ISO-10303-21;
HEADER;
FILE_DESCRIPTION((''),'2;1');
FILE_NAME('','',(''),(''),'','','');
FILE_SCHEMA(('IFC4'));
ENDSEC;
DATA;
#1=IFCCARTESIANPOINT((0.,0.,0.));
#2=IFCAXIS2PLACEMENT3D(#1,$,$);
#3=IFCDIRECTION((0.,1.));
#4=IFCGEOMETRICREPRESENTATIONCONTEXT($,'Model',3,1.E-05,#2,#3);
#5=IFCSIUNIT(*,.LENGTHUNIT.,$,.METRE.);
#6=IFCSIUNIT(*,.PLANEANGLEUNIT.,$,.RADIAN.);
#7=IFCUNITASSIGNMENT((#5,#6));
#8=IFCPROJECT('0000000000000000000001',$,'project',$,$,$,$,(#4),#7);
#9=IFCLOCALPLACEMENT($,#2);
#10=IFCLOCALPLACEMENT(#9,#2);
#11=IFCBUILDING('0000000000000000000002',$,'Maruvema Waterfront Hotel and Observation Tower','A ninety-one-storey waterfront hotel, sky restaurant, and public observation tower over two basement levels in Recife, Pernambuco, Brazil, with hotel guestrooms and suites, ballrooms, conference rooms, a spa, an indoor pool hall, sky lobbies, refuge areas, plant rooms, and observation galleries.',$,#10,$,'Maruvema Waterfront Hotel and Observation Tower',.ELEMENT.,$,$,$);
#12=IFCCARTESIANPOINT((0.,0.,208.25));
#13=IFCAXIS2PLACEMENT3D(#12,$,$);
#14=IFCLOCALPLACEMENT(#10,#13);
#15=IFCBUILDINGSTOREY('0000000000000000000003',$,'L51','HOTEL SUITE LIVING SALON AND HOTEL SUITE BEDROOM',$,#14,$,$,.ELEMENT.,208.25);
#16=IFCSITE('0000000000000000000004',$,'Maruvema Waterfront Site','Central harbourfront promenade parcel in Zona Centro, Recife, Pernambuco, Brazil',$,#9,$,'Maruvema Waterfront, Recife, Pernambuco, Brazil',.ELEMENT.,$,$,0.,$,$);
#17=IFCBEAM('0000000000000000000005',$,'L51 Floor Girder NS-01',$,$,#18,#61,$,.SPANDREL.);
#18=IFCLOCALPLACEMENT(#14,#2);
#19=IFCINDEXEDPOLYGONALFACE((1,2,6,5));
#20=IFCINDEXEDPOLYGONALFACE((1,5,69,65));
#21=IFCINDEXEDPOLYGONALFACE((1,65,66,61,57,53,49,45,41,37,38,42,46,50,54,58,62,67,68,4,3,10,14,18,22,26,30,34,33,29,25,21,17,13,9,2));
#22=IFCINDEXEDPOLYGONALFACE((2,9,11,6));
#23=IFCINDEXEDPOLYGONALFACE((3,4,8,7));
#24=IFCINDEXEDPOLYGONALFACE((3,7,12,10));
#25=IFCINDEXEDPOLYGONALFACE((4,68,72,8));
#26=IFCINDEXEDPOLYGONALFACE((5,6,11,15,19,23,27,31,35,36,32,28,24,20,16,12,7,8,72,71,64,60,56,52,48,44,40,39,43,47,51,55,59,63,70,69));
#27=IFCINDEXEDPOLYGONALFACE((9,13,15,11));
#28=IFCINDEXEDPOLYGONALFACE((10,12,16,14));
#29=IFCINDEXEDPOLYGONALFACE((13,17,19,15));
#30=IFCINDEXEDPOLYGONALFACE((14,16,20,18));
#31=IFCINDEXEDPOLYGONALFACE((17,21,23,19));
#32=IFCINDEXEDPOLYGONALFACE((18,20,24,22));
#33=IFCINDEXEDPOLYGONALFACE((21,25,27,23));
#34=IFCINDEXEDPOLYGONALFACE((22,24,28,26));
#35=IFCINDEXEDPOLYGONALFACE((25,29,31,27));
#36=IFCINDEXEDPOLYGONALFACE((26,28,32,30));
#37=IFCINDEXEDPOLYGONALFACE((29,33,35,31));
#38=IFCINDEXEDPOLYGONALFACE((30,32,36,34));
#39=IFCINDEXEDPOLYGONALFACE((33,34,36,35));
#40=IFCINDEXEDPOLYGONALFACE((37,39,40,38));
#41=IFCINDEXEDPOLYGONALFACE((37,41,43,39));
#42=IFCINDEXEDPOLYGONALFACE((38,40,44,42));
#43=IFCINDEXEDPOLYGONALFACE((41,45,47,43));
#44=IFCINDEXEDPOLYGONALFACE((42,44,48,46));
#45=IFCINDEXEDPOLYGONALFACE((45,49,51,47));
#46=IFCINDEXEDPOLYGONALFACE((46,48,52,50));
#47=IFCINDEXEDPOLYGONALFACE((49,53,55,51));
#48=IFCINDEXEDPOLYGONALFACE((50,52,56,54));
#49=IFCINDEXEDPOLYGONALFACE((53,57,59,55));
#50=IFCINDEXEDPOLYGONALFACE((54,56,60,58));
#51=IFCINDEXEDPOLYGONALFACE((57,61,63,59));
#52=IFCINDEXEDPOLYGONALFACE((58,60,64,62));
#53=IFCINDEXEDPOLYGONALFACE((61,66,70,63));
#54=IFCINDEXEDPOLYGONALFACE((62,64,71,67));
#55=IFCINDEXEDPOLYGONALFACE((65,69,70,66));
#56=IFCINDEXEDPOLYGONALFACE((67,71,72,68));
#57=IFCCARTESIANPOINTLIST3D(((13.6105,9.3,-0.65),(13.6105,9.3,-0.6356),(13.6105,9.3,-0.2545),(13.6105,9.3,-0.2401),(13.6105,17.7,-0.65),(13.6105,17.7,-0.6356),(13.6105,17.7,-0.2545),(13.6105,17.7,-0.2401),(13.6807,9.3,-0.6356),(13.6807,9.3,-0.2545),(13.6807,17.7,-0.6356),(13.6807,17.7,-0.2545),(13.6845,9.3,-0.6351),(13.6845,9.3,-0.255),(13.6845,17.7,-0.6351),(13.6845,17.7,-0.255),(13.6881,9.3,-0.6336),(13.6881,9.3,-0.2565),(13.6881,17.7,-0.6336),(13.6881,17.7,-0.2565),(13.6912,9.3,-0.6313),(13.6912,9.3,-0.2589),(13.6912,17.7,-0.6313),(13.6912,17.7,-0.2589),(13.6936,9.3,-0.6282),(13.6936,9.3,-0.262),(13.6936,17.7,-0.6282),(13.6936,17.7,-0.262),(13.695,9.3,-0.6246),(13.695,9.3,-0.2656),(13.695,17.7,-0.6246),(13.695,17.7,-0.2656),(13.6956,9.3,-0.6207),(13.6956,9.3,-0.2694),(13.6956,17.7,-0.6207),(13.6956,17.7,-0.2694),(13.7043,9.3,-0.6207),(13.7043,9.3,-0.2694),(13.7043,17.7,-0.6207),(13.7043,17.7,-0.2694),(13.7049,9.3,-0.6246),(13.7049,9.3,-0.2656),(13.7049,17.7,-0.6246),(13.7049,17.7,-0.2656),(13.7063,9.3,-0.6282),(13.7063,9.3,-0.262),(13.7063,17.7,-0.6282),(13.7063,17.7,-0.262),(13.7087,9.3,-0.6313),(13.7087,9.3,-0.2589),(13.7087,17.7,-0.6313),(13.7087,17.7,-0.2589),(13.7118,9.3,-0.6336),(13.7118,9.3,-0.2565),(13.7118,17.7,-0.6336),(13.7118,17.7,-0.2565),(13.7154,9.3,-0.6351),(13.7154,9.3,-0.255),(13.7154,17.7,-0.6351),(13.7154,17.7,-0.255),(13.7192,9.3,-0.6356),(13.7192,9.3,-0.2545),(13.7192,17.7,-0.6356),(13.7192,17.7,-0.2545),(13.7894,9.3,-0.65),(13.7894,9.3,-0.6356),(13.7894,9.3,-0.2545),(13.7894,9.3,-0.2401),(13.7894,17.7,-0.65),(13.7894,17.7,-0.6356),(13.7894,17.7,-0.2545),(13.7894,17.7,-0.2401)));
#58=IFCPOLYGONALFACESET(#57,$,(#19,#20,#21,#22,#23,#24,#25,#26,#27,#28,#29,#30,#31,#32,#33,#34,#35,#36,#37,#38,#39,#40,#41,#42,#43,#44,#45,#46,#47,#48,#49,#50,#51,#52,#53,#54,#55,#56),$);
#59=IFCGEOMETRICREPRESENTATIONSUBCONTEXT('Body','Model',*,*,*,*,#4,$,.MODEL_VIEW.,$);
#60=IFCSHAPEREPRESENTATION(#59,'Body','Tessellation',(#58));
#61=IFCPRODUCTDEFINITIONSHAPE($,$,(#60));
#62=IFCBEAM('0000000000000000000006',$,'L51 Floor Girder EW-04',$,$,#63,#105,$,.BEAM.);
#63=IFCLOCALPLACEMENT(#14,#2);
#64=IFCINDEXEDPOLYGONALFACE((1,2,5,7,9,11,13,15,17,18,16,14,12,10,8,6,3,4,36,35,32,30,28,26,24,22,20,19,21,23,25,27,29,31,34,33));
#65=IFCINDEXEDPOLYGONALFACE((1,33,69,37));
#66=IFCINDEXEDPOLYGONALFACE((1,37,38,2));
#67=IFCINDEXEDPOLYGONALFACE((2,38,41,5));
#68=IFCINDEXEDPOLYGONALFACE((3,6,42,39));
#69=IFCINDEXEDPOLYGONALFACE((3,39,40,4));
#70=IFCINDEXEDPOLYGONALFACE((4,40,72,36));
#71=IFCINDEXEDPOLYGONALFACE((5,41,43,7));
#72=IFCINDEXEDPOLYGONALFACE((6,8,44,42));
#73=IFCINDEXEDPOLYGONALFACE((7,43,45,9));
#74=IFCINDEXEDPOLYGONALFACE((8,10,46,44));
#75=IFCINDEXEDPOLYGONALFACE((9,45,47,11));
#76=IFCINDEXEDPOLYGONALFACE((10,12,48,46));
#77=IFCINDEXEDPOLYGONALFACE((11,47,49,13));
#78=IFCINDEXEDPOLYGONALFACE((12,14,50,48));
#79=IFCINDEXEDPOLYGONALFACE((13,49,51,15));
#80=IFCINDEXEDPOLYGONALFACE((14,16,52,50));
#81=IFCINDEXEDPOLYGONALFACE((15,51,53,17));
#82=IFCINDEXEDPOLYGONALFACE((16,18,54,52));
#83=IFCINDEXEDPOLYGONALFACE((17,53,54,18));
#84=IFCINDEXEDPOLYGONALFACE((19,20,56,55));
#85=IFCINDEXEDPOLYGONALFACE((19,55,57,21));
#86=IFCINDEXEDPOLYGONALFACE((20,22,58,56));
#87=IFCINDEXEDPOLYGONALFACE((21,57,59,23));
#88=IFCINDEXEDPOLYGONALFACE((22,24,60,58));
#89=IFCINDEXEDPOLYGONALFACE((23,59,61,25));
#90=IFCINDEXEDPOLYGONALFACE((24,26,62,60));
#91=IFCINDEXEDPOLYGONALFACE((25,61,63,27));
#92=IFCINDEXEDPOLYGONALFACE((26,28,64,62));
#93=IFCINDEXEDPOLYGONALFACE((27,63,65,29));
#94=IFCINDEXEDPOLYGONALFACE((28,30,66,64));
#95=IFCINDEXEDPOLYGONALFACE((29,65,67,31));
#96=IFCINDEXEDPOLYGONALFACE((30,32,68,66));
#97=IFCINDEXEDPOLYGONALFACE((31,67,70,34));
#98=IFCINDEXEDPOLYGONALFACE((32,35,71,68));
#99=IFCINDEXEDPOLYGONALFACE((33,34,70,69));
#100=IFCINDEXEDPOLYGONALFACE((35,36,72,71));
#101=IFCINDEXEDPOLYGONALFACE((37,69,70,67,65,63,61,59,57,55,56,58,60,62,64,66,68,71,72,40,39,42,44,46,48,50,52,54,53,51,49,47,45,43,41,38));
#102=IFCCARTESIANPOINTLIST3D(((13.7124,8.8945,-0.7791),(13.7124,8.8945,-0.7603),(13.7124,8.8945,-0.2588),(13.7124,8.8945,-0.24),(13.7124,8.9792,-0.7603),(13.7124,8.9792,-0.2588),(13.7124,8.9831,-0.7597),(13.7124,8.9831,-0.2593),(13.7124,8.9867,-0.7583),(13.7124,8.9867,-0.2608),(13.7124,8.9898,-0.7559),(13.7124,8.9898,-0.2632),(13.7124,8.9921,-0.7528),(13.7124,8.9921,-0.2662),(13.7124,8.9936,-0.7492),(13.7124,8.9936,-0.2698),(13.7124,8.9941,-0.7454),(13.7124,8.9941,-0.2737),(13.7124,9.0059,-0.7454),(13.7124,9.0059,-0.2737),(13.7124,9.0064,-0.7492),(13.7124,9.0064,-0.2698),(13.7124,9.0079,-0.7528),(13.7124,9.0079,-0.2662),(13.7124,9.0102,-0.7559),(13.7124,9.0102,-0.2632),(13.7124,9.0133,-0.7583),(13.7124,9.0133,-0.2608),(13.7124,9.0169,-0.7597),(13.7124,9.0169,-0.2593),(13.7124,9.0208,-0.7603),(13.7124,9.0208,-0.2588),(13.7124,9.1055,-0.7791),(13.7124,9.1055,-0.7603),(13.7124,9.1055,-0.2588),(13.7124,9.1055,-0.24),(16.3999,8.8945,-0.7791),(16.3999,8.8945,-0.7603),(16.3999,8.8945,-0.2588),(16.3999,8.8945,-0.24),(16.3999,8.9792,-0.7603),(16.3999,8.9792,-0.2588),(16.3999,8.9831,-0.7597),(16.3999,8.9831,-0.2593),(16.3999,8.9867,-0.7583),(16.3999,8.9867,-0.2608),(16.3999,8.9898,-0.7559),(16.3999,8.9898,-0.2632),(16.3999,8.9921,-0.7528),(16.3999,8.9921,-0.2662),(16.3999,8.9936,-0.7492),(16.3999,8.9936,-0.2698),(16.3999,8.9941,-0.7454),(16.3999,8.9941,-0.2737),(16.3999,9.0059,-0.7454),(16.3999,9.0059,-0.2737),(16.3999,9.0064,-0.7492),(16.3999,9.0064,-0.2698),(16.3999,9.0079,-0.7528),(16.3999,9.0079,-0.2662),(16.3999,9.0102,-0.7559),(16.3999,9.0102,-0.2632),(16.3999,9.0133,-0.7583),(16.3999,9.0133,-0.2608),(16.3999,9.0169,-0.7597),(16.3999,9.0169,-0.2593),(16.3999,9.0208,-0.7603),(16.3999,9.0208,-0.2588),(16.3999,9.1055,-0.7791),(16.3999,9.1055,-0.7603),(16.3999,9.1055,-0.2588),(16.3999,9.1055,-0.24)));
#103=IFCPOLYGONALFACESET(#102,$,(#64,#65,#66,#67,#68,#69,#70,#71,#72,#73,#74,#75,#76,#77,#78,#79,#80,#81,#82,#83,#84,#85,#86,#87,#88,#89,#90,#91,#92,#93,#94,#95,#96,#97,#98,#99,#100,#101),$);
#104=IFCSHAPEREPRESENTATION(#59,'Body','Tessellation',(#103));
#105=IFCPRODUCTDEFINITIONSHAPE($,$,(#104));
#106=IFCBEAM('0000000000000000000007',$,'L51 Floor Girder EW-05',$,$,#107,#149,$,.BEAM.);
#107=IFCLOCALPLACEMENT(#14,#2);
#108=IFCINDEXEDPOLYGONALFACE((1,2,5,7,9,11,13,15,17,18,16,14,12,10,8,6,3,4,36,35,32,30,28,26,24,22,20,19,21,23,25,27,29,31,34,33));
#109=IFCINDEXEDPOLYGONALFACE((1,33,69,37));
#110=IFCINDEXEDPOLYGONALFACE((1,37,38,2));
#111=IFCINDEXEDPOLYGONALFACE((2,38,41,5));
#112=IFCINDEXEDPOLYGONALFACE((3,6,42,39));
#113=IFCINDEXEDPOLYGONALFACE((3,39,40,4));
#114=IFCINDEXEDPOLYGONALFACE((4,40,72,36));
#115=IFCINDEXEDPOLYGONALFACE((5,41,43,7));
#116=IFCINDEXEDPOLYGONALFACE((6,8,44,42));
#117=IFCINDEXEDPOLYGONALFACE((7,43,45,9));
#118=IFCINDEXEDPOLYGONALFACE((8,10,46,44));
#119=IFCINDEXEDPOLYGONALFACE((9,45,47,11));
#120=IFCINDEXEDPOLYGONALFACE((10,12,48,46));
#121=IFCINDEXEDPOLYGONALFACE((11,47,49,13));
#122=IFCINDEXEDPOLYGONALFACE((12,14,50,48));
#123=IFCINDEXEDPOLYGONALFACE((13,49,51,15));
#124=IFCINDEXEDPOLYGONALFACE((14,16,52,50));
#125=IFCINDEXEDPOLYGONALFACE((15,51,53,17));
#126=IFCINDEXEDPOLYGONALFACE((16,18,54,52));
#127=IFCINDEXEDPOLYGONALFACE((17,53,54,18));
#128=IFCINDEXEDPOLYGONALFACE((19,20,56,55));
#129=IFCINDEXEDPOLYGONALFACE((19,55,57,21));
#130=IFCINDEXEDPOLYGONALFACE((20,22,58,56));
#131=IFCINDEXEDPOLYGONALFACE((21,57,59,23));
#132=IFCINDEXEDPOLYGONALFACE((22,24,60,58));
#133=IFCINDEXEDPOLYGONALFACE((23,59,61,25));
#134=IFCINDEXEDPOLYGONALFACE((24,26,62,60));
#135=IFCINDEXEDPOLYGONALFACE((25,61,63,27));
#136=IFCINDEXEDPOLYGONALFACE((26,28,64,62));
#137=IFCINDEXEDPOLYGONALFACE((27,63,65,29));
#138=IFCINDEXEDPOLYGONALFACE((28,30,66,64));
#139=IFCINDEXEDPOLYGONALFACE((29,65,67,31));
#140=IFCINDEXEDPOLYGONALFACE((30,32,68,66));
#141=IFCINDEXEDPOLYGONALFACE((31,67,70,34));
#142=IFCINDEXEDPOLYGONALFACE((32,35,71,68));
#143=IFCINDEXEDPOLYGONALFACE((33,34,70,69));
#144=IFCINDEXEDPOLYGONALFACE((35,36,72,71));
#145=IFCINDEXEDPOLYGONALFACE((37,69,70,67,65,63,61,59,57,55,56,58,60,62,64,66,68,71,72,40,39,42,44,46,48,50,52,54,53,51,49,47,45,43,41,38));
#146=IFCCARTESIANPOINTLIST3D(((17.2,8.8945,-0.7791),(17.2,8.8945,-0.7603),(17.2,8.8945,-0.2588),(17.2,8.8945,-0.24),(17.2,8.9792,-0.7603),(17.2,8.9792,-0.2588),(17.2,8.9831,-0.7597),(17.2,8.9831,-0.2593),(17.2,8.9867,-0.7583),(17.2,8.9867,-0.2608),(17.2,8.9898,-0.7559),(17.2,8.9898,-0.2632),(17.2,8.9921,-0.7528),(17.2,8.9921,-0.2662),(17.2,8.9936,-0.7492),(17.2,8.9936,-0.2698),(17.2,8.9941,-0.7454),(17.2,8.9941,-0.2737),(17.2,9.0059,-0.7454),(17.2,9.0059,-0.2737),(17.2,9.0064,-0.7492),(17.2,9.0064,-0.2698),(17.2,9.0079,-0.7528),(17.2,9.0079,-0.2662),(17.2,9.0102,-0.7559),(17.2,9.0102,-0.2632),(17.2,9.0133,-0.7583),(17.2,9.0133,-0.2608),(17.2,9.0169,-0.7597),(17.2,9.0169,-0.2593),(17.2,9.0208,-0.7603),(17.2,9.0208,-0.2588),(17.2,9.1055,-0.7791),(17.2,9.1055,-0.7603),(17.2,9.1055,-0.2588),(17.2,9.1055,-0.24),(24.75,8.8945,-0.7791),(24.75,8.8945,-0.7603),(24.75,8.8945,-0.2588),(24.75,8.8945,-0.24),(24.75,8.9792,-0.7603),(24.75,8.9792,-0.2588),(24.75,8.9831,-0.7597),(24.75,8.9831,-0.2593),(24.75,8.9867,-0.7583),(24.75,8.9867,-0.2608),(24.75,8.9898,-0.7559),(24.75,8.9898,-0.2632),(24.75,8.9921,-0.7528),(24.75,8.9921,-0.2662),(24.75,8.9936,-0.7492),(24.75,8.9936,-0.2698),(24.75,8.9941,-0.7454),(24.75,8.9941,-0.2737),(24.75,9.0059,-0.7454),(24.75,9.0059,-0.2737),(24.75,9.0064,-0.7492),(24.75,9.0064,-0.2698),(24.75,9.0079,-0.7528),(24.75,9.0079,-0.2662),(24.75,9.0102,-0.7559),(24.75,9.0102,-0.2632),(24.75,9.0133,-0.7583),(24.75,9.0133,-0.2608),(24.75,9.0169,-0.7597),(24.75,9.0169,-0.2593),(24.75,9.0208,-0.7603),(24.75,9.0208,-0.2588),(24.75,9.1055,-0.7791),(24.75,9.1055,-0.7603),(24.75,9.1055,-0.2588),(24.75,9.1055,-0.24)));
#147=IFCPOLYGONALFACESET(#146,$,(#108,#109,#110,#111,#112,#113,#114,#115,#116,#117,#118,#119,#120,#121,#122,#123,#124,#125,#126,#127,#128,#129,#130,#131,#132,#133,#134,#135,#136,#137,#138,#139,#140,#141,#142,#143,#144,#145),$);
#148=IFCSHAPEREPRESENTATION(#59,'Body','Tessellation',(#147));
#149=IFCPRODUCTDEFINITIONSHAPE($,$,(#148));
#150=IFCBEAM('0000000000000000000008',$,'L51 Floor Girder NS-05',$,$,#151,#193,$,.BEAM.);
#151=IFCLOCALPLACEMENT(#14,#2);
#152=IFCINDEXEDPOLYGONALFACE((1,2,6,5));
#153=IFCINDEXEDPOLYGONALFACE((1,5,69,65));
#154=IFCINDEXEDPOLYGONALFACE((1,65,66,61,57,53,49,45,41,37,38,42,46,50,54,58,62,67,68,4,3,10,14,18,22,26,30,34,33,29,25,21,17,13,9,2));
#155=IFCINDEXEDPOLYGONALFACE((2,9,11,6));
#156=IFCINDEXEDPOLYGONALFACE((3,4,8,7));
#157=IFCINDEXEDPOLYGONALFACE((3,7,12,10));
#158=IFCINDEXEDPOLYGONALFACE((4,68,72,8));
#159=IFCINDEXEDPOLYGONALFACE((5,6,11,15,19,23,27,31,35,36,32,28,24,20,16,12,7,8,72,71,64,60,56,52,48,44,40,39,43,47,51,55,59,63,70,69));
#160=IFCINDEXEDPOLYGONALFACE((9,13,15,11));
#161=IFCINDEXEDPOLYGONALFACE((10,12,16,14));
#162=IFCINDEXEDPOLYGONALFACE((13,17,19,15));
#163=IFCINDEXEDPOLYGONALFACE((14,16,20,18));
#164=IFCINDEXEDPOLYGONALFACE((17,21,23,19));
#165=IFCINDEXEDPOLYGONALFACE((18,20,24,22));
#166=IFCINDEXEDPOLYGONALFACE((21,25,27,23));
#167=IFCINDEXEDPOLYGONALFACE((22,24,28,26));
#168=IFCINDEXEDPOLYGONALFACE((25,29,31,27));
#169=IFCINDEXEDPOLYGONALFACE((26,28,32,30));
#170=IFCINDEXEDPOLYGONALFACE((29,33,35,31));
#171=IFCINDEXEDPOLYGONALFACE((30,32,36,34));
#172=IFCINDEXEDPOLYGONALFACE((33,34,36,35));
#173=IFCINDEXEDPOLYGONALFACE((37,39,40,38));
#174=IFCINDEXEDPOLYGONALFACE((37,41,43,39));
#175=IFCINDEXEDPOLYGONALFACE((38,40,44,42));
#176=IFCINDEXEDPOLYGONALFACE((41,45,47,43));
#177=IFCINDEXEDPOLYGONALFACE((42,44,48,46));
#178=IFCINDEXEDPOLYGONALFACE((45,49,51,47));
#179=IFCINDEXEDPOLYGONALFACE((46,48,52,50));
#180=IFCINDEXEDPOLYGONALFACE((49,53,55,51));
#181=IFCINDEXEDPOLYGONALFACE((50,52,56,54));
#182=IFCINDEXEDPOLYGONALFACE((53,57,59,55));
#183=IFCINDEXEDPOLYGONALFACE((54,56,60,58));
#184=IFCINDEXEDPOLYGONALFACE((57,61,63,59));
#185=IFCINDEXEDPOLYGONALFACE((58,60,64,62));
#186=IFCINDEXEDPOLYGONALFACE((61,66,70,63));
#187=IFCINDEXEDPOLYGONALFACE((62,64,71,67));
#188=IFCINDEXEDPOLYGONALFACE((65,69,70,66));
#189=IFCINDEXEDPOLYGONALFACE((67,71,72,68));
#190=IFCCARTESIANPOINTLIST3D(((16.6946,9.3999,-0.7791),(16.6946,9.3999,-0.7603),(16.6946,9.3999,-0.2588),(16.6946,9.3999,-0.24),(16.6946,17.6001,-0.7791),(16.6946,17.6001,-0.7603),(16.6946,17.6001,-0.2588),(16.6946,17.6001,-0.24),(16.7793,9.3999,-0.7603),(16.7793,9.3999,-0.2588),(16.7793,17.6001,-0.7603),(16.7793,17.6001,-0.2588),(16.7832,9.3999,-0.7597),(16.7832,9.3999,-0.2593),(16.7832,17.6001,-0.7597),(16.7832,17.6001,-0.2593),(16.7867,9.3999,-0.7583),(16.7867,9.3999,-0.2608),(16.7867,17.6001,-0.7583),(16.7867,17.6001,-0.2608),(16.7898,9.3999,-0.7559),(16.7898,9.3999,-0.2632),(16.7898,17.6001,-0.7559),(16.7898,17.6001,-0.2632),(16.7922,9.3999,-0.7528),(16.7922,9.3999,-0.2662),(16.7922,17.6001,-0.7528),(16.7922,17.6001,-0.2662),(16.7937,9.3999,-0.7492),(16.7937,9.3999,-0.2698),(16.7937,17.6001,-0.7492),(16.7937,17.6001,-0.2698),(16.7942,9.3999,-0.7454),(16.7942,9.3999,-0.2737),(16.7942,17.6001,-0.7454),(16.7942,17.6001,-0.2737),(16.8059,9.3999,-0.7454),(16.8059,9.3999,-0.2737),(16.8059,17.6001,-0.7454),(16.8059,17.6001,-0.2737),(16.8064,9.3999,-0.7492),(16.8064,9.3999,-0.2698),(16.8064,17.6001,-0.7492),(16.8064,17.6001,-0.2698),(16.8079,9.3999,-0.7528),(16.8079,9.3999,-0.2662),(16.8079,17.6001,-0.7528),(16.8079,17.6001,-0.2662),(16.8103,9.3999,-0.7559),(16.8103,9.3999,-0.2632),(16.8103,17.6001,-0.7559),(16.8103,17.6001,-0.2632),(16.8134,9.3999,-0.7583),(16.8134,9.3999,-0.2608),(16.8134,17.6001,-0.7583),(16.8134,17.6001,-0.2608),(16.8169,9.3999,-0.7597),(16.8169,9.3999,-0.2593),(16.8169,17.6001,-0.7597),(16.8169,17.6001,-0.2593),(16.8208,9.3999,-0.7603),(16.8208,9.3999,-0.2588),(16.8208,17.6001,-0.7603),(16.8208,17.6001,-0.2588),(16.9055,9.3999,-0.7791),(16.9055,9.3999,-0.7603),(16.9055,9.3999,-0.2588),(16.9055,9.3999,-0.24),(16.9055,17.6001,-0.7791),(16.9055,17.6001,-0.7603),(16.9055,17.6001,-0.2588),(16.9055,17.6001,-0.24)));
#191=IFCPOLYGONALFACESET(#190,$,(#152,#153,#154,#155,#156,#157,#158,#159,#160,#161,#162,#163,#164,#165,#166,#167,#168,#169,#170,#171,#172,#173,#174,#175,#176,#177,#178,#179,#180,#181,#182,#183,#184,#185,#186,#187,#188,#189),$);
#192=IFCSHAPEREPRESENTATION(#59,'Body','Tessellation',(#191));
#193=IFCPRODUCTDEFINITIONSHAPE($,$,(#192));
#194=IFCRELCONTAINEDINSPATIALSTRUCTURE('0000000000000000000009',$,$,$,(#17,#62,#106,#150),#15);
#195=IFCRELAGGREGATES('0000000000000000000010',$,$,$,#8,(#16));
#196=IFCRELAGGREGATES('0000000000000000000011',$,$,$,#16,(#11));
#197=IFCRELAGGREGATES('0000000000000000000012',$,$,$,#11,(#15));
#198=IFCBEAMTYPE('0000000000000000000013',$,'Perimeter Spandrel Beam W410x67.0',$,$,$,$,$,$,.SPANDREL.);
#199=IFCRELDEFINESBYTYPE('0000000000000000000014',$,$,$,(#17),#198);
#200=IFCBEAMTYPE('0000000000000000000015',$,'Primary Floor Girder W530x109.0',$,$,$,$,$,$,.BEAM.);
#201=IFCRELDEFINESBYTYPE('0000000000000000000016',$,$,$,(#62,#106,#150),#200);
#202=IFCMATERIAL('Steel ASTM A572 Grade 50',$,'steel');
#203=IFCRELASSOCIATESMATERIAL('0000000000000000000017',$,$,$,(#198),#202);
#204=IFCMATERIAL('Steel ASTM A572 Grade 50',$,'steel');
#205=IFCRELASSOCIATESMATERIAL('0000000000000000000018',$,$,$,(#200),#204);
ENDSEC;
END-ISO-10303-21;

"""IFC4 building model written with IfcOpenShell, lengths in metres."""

from ifc_helpers import new_model, si_unit, direction, frame, origin, origin_2d, place, context, subcontext, project, spatial, i_section, extrude, material, material_profile, profile_set, type_object, element, save


model = new_model("IFC4")

# Units and contexts
model_context = context("Model", 3, precision=1e-05, world=origin(), true_north=direction((0.0, 1.0)))
body_context = subcontext(model_context, "Body", "Model", "MODEL_VIEW")
ifc_project = project(units=[si_unit("LENGTHUNIT", "METRE"), si_unit("PLANEANGLEUNIT", "RADIAN")], contexts=[model_context])

# Site, building, storey
site_placement = place(None, origin())
site = spatial("IfcSite", under=ifc_project, at=site_placement, Name="Maruvema Waterfront Site", Description="Central harbourfront promenade parcel in Zona Centro, Recife, Pernambuco, Brazil", LongName="Maruvema Waterfront, Recife, Pernambuco, Brazil", CompositionType="ELEMENT", RefElevation=0.0)
building_placement = place(site_placement, origin())
building = spatial("IfcBuilding", under=site, at=building_placement, Name="Maruvema Waterfront Hotel and Observation Tower", Description="A ninety-one-storey waterfront hotel, sky restaurant, and public observation tower over two basement levels in Recife, Pernambuco, Brazil, with hotel guestrooms and suites, ballrooms, conference rooms, a spa, an indoor pool hall, sky lobbies, refuge areas, plant rooms, and observation galleries.", LongName="Maruvema Waterfront Hotel and Observation Tower", CompositionType="ELEMENT")
storey_placement = place(building_placement, frame((0.0, 0.0, 208.25)))
storey = spatial("IfcBuildingStorey", under=building, at=storey_placement, Name="L51", Description="HOTEL SUITE LIVING SALON AND HOTEL SUITE BEDROOM", CompositionType="ELEMENT", Elevation=208.25)

# Beams
ifc_material_1 = material(Name="Steel ASTM A572 Grade 50", Category="steel")
ifc_material_profile_1 = material_profile(ifc_material_1, i_section(OverallWidth=0.179, OverallDepth=0.4099, WebThickness=0.0088, FlangeThickness=0.0144, FilletRadius=0.0149, at=origin_2d()), Name="W410x67.0")
ifc_profile_set_1 = profile_set([ifc_material_profile_1], Name="Steel ASTM A572 Grade 50")
beam_type_1 = type_object("IfcBeamType", Name="Perimeter Spandrel Beam W410x67.0", PredefinedType="SPANDREL", material=ifc_profile_set_1)
beam_1_placement = place(storey_placement, frame((13.7, 9.3, -0.4451), z_axis=(0.0, 1.0, 0.0), x_axis=(-1.0, 0.0, 0.0)))
element("IfcBeam", 1, at=beam_1_placement, inside=storey, type_object=beam_type_1, Name="L51 Floor Girder NS-01", PredefinedType="SPANDREL", context=body_context, shape_type="SweptSolid", body=[
    extrude(i_section(OverallWidth=0.179, OverallDepth=0.4099, WebThickness=0.0088, FlangeThickness=0.0144, FilletRadius=0.0149, at=origin_2d()), origin(), (0.0, 0.0, 1.0), 8.3999),
])
ifc_material_2 = material(Name="Steel ASTM A572 Grade 50", Category="steel")
ifc_material_profile_2 = material_profile(ifc_material_2, i_section(OverallWidth=0.2109, OverallDepth=0.5391, WebThickness=0.0117, FlangeThickness=0.0188, FilletRadius=0.0149, at=origin_2d()), Name="W530x109.0")
ifc_profile_set_2 = profile_set([ifc_material_profile_2], Name="Steel ASTM A572 Grade 50")
beam_type_2 = type_object("IfcBeamType", Name="Primary Floor Girder W530x109.0", PredefinedType="BEAM", material=ifc_profile_set_2)
beam_2_placement = place(storey_placement, frame((13.7124, 9.0, -0.5095), z_axis=(1.0, 0.0, 0.0), x_axis=(0.0, 1.0, 0.0)))
element("IfcBeam", 2, at=beam_2_placement, inside=storey, type_object=beam_type_2, Name="L51 Floor Girder EW-04", PredefinedType="BEAM", context=body_context, shape_type="SweptSolid", body=[
    extrude(i_section(OverallWidth=0.2109, OverallDepth=0.5391, WebThickness=0.0117, FlangeThickness=0.0188, FilletRadius=0.0149, at=origin_2d()), origin(), (0.0, 0.0, 1.0), 2.6875),
])
beam_3_placement = place(storey_placement, frame((17.2, 9.0, -0.5095), z_axis=(1.0, 0.0, 0.0), x_axis=(0.0, 1.0, 0.0)))
element("IfcBeam", 3, at=beam_3_placement, inside=storey, type_object=beam_type_2, Name="L51 Floor Girder EW-05", PredefinedType="BEAM", context=body_context, shape_type="SweptSolid", body=[
    extrude(i_section(OverallWidth=0.2109, OverallDepth=0.5391, WebThickness=0.0117, FlangeThickness=0.0188, FilletRadius=0.0149, at=origin_2d()), origin(), (0.0, 0.0, 1.0), 7.55),
])
beam_4_placement = place(storey_placement, frame((16.8, 9.3999, -0.5095), z_axis=(0.0, 1.0, 0.0), x_axis=(-1.0, 0.0, 0.0)))
element("IfcBeam", 4, at=beam_4_placement, inside=storey, type_object=beam_type_2, Name="L51 Floor Girder NS-05", PredefinedType="BEAM", context=body_context, shape_type="SweptSolid", body=[
    extrude(i_section(OverallWidth=0.2109, OverallDepth=0.5391, WebThickness=0.0117, FlangeThickness=0.0188, FilletRadius=0.0149, at=origin_2d()), origin(), (0.0, 0.0, 1.0), 8.2002),
])

save(model, "model.ifc")
